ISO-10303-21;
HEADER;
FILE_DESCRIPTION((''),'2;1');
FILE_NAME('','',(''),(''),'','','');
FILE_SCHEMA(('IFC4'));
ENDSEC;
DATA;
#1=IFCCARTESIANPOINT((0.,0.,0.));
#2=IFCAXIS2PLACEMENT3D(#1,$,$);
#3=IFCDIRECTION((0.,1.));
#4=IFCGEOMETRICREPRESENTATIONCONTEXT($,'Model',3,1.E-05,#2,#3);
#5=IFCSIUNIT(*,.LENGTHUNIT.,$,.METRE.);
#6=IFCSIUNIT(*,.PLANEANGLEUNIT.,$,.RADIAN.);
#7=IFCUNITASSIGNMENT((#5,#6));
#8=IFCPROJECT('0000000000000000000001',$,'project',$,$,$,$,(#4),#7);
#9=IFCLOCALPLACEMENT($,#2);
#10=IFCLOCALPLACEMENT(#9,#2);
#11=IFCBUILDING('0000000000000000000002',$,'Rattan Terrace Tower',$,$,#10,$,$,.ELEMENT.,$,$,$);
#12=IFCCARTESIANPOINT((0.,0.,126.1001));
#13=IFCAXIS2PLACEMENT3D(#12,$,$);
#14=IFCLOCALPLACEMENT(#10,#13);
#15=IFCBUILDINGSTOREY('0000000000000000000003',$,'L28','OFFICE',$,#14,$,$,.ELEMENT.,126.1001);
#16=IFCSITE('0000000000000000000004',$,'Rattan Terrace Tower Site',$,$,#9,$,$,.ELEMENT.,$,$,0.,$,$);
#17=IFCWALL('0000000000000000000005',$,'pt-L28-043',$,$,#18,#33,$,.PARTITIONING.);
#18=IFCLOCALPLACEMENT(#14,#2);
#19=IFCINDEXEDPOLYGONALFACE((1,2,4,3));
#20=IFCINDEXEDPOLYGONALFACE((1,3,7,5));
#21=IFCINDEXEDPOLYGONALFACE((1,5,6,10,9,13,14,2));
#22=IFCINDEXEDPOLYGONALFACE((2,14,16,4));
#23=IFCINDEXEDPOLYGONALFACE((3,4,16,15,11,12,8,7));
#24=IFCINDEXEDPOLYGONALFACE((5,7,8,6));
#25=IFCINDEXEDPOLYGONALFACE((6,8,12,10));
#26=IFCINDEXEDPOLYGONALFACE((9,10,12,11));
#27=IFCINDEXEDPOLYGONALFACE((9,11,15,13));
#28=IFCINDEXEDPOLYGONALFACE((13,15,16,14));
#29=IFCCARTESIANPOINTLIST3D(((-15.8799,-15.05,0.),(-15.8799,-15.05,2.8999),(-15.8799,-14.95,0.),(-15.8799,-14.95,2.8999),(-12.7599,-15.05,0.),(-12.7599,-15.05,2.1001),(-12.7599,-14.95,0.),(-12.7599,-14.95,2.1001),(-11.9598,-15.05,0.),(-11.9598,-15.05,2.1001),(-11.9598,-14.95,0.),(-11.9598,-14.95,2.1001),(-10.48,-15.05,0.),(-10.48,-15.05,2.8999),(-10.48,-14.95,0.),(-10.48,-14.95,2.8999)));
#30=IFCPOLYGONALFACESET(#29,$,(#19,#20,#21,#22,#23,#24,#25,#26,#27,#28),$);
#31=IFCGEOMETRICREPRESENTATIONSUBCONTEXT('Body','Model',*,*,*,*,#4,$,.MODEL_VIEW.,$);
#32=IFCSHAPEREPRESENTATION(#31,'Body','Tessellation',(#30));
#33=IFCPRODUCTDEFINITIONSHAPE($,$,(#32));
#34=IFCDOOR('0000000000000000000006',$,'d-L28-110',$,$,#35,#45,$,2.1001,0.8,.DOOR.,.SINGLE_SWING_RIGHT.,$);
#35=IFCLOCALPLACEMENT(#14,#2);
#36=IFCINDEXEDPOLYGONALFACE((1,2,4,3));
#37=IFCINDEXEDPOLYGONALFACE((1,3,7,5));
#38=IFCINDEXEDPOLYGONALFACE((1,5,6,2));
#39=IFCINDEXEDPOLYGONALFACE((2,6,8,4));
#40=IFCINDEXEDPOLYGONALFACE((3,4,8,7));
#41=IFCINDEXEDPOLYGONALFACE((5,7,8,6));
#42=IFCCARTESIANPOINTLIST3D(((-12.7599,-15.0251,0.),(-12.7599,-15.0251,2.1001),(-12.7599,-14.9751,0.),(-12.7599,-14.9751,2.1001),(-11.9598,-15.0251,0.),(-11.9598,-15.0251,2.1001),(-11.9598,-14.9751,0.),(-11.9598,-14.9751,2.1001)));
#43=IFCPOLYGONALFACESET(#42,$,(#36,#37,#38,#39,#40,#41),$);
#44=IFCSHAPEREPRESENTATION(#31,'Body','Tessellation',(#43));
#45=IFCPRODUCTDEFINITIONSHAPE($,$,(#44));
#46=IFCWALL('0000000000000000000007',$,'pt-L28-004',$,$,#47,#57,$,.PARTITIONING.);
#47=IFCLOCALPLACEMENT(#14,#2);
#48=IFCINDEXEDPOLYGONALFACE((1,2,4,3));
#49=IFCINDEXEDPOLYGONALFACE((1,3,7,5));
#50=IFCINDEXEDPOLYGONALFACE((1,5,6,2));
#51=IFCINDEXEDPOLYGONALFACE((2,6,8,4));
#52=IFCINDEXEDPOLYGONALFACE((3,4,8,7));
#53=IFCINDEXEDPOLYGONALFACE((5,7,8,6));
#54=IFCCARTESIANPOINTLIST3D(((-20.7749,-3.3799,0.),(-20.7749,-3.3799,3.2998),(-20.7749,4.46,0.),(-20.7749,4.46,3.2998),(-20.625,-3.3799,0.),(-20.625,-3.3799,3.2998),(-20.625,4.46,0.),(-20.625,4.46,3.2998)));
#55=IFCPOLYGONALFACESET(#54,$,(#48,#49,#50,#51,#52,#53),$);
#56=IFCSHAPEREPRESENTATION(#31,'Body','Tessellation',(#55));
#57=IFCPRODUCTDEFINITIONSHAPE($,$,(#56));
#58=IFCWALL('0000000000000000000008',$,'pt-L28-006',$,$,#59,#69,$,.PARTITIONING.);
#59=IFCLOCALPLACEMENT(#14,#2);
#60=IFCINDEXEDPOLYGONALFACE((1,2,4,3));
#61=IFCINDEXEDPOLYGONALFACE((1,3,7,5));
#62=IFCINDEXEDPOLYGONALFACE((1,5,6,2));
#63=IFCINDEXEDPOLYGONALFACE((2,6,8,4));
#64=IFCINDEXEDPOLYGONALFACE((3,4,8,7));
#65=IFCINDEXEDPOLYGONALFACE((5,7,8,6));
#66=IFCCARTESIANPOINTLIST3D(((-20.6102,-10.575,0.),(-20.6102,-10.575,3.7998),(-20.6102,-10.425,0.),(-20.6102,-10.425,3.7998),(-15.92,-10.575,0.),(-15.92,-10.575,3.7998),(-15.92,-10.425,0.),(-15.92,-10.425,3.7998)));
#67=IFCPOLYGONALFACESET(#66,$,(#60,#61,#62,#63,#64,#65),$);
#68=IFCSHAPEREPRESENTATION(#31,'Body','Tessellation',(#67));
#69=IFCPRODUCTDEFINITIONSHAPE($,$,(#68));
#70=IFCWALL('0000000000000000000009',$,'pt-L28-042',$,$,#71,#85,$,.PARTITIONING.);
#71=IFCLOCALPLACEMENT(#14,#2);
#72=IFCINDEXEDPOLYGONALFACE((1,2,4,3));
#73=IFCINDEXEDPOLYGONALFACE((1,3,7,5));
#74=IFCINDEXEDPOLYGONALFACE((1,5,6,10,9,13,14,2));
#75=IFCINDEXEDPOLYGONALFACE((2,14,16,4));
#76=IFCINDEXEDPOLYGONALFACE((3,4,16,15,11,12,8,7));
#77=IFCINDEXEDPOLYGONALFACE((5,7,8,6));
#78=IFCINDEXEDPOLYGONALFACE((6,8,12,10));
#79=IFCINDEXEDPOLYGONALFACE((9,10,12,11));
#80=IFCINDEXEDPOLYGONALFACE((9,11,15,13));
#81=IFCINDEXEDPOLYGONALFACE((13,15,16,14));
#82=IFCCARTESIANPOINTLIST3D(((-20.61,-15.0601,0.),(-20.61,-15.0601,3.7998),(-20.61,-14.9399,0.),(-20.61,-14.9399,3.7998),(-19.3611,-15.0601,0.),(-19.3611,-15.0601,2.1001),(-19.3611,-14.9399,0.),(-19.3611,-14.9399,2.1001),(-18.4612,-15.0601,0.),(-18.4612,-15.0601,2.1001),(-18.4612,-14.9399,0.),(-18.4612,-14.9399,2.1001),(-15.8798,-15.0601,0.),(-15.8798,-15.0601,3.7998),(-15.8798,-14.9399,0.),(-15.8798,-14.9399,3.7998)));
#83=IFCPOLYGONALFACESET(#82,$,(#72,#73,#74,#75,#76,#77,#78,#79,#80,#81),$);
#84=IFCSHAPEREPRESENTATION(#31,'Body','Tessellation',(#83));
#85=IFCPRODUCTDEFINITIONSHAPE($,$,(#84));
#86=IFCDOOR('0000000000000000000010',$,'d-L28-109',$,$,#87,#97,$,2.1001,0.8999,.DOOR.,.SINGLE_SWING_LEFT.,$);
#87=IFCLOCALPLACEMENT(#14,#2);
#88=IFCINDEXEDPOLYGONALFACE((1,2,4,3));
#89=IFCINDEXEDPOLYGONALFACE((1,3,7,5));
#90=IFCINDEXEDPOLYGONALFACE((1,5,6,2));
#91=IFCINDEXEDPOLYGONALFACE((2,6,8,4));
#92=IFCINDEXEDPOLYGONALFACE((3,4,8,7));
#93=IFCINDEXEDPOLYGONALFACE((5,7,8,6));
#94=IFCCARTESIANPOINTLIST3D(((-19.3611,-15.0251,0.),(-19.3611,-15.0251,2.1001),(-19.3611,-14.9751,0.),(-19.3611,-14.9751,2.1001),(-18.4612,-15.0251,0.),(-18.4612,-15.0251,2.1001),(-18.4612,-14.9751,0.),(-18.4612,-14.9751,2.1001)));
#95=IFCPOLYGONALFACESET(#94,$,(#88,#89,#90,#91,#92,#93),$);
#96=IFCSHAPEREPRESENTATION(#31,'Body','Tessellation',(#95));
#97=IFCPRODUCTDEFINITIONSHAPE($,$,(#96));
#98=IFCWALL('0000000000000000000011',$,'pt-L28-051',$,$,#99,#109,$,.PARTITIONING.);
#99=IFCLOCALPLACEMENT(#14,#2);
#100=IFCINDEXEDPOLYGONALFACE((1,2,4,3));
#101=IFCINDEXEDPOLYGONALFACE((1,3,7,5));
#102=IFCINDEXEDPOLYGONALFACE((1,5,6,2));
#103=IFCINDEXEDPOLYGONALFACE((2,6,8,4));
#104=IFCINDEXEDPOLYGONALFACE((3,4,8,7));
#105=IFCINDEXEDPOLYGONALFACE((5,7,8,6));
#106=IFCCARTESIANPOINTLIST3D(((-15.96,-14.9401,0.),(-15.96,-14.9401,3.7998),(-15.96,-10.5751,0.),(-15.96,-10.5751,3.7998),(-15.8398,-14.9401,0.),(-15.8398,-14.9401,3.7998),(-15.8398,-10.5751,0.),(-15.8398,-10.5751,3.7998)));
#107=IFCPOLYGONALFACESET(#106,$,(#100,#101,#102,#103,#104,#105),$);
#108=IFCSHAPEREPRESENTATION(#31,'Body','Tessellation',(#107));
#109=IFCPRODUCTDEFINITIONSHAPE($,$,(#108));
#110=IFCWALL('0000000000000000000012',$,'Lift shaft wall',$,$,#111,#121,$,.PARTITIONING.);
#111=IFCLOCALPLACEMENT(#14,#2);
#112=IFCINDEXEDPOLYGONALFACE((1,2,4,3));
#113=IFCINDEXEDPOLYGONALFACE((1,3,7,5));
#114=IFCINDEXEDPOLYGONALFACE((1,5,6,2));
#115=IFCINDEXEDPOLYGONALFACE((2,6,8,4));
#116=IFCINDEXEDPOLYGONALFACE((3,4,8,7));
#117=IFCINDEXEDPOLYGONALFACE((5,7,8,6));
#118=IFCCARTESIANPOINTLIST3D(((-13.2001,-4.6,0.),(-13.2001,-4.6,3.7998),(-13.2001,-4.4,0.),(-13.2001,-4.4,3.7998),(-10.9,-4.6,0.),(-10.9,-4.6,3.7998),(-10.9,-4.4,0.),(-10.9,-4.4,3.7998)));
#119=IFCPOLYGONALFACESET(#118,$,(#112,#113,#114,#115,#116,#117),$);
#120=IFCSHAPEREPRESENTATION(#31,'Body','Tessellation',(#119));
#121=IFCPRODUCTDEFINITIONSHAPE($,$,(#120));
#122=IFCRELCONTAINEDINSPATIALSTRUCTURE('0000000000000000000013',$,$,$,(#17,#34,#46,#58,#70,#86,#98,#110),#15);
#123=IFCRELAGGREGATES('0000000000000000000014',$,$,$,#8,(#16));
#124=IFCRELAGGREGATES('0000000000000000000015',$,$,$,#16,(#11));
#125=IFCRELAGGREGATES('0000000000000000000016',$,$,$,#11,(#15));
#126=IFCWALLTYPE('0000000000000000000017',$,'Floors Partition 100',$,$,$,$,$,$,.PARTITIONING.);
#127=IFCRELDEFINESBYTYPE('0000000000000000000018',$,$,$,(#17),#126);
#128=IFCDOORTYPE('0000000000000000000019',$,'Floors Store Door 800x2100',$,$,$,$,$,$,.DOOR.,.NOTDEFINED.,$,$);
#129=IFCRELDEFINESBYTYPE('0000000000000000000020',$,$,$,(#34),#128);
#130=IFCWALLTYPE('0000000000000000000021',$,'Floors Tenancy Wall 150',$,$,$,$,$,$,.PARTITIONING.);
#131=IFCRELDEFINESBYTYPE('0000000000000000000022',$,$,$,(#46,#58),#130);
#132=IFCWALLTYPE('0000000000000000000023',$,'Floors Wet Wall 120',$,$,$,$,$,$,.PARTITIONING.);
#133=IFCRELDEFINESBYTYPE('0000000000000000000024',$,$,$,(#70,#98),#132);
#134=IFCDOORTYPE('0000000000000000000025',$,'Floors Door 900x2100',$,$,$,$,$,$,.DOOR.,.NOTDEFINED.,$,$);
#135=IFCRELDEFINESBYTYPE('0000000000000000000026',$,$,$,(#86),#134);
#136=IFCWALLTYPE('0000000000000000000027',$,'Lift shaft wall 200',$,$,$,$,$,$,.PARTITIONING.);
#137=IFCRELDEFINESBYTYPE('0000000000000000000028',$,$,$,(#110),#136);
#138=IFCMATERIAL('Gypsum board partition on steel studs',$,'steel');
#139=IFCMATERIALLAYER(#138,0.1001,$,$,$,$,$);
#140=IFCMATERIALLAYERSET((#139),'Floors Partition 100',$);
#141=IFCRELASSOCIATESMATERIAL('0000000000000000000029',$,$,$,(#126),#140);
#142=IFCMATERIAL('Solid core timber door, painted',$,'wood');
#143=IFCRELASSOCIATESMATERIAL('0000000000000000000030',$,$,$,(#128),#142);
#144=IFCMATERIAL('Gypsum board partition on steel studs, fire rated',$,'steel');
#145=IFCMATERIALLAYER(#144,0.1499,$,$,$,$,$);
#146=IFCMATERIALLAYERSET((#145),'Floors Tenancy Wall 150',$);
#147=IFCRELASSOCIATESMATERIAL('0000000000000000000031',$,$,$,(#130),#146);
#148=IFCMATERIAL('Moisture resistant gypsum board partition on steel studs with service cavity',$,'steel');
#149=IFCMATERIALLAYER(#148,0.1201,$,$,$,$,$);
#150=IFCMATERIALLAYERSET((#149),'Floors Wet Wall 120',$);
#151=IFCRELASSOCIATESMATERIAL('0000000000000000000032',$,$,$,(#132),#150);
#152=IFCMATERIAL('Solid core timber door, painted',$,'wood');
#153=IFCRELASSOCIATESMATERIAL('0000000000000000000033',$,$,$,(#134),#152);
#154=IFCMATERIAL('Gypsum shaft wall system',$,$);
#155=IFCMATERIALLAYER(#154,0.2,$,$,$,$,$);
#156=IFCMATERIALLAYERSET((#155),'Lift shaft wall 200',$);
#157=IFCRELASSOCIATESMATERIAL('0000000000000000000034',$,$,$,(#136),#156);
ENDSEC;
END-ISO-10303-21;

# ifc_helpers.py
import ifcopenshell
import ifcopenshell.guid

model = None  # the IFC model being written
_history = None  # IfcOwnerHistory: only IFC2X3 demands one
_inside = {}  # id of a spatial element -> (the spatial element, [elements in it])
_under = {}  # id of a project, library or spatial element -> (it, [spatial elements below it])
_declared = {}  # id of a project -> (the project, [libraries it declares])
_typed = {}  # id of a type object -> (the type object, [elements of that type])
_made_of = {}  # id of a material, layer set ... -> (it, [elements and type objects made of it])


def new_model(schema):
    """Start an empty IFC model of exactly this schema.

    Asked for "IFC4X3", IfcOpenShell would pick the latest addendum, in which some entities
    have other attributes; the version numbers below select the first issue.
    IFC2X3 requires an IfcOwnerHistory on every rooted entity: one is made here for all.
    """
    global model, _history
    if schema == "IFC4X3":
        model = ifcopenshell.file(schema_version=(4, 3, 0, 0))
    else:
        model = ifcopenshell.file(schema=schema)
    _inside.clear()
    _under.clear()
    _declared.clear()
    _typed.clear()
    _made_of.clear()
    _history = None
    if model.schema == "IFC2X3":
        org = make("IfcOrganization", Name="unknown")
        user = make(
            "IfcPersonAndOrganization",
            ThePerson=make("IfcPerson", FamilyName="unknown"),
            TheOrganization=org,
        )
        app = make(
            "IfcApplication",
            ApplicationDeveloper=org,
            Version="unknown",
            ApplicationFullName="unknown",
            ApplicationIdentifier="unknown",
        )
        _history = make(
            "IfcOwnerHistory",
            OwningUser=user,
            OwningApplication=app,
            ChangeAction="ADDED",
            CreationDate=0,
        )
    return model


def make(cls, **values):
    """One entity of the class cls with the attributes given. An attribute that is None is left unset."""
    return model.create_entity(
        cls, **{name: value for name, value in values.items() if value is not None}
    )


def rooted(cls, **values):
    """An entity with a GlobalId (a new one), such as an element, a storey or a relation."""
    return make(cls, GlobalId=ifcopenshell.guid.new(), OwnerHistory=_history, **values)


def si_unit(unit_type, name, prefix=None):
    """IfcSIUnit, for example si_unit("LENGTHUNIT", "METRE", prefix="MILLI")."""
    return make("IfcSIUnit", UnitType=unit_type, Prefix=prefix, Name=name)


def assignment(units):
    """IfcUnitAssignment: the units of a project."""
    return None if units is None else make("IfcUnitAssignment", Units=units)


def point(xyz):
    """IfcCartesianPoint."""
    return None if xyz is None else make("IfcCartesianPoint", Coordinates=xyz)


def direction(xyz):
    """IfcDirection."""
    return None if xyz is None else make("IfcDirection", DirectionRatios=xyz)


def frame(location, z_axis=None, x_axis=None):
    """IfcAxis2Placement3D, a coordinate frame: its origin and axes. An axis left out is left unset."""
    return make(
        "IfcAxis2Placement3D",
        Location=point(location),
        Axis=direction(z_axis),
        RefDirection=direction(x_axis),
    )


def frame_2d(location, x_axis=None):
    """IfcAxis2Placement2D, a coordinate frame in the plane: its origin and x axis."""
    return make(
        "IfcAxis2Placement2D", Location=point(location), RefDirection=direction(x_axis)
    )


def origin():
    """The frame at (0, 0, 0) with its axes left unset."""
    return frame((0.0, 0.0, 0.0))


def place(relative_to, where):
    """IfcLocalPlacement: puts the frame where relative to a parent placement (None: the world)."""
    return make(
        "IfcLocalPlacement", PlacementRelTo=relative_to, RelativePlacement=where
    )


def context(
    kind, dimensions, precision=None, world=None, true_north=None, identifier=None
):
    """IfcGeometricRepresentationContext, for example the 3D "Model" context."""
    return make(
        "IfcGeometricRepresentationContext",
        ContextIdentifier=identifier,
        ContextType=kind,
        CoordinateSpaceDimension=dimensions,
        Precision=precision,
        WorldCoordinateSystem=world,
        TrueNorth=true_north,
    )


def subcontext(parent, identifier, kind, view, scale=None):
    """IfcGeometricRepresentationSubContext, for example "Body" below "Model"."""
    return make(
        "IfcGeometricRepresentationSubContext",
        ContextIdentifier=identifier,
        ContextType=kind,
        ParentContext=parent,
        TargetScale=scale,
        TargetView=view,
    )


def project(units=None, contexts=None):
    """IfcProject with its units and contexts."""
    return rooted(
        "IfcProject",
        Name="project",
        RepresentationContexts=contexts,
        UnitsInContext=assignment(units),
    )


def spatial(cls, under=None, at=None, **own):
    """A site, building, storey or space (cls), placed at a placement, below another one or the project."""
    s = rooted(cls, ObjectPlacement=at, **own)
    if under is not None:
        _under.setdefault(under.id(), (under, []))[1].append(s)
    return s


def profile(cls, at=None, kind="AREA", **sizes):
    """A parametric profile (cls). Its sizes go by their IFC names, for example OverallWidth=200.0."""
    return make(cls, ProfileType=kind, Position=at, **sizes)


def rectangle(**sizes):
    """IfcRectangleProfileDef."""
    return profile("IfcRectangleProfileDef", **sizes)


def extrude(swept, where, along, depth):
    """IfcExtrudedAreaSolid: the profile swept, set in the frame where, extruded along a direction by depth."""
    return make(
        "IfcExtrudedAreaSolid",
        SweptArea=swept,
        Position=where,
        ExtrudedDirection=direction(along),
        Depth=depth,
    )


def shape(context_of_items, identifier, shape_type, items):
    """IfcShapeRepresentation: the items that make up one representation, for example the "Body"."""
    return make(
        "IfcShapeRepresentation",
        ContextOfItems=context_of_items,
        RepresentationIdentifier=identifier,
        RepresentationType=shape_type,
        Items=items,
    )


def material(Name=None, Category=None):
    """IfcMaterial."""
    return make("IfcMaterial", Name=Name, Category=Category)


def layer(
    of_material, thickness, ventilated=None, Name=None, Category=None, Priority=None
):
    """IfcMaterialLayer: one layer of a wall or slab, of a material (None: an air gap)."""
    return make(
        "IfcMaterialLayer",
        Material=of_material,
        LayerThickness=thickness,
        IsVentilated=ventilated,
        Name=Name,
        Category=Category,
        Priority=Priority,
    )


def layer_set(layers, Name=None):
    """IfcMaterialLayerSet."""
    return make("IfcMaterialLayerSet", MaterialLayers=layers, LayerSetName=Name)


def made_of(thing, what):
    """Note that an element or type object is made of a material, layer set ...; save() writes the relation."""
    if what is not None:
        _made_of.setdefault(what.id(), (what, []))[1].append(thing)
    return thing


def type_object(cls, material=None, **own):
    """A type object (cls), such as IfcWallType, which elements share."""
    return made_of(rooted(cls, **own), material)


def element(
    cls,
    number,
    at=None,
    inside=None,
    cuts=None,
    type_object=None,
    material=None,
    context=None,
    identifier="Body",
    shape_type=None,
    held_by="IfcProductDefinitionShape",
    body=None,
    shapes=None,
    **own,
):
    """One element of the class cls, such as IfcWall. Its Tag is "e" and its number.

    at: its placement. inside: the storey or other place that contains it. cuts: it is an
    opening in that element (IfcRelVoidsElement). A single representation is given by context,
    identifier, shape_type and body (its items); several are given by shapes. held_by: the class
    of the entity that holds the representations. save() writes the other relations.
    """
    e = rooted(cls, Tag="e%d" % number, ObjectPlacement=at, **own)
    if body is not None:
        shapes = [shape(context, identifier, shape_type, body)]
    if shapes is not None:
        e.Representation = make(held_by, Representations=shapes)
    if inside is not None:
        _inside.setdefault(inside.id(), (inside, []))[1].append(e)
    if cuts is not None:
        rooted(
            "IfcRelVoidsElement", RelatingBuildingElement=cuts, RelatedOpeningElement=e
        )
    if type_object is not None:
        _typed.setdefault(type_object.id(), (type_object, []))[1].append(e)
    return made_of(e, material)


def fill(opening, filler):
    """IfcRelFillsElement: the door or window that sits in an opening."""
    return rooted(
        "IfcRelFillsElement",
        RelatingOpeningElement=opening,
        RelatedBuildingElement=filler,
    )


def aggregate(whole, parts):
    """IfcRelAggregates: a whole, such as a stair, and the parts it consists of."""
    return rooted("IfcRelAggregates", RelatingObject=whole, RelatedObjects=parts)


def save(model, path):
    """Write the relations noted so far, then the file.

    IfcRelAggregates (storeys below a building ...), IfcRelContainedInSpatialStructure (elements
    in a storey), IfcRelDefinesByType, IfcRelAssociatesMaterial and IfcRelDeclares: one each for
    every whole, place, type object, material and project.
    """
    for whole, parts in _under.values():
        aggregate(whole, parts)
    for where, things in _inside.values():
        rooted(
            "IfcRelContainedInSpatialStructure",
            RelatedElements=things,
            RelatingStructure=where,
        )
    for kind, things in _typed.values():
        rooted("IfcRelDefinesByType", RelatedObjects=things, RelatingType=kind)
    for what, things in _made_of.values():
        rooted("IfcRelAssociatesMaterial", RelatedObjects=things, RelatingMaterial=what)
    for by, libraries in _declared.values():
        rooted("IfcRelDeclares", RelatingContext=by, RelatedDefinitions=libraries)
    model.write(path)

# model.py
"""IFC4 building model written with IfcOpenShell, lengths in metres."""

from ifc_helpers import new_model, si_unit, direction, frame, frame_2d, origin, place, context, subcontext, project, spatial, rectangle, extrude, material, layer, layer_set, type_object, element, fill, save


model = new_model("IFC4")

# Units and contexts
model_context = context("Model", 3, precision=1e-05, world=origin(), true_north=direction((0.0, 1.0)))
body_context = subcontext(model_context, "Body", "Model", "MODEL_VIEW")
ifc_project = project(units=[si_unit("LENGTHUNIT", "METRE"), si_unit("PLANEANGLEUNIT", "RADIAN")], contexts=[model_context])

# Site, building, storey
site_placement = place(None, origin())
site = spatial("IfcSite", under=ifc_project, at=site_placement, Name="Rattan Terrace Tower Site", CompositionType="ELEMENT", RefElevation=0.0)
building_placement = place(site_placement, origin())
building = spatial("IfcBuilding", under=site, at=building_placement, Name="Rattan Terrace Tower", CompositionType="ELEMENT")
storey_placement = place(building_placement, frame((0.0, 0.0, 126.1001)))
storey = spatial("IfcBuildingStorey", under=building, at=storey_placement, Name="L28", Description="OFFICE", CompositionType="ELEMENT", Elevation=126.1001)

# Shared definitions
ifc_material_1 = material(Name="Gypsum board partition on steel studs", Category="steel")
ifc_layer_1 = layer(ifc_material_1, 0.1001)
ifc_layer_set_1 = layer_set([ifc_layer_1], Name="Floors Partition 100")
wall_type_1 = type_object("IfcWallType", Name="Floors Partition 100", PredefinedType="PARTITIONING", material=ifc_layer_set_1)

# Wall, opening, door
wall_1_placement = place(storey_placement, frame((-15.8799, -15.0, 0.0), z_axis=(0.0, 0.0, 1.0), x_axis=(1.0, 0.0, 0.0)))
wall_1 = element("IfcWall", 1, at=wall_1_placement, inside=storey, type_object=wall_type_1, Name="pt-L28-043", PredefinedType="PARTITIONING", context=body_context, shape_type="SweptSolid", body=[
    extrude(rectangle(XDim=5.3999, YDim=0.1001, at=frame_2d((2.7, 0.0))), origin(), (0.0, 0.0, 1.0), 2.8999),
])
opening_1_placement = place(wall_1_placement, frame((3.1201, 0.0, 0.0)))
opening_1 = element("IfcOpeningElement", 2, at=opening_1_placement, cuts=wall_1, PredefinedType="OPENING", context=body_context, shape_type="SweptSolid", body=[
    extrude(rectangle(XDim=0.8, YDim=2.1001, at=frame_2d((0.3999, 1.05))), frame((0.0, 0.0605, 0.0), z_axis=(0.0, -1.0, 0.0), x_axis=(1.0, 0.0, 0.0)), (0.0, 0.0, 1.0), 0.1211),
])
ifc_material_2 = material(Name="Solid core timber door, painted", Category="wood")
door_type_1 = type_object("IfcDoorType", Name="Floors Store Door 800x2100", OperationType="NOTDEFINED", PredefinedType="DOOR", material=ifc_material_2)
door_1_placement = place(opening_1_placement, origin())
door_1 = element("IfcDoor", 3, at=door_1_placement, inside=storey, type_object=door_type_1, Name="d-L28-110", OperationType="SINGLE_SWING_RIGHT", OverallHeight=2.1001, OverallWidth=0.8, PredefinedType="DOOR", context=body_context, shape_type="SweptSolid", body=[
    extrude(rectangle(XDim=0.8, YDim=2.1001, at=frame_2d((0.3999, 1.05))), frame((0.0, 0.0249, 0.0), z_axis=(0.0, -1.0, 0.0), x_axis=(1.0, 0.0, 0.0)), (0.0, 0.0, 1.0), 0.05),
])
fill(opening_1, door_1)

# Walls
ifc_material_3 = material(Name="Gypsum board partition on steel studs, fire rated", Category="steel")
ifc_layer_2 = layer(ifc_material_3, 0.1499)
ifc_layer_set_2 = layer_set([ifc_layer_2], Name="Floors Tenancy Wall 150")
wall_type_2 = type_object("IfcWallType", Name="Floors Tenancy Wall 150", PredefinedType="PARTITIONING", material=ifc_layer_set_2)
wall_2_placement = place(storey_placement, frame((-20.7, -3.3799, 0.0), z_axis=(0.0, 0.0, 1.0), x_axis=(0.0, 1.0, 0.0)))
element("IfcWall", 4, at=wall_2_placement, inside=storey, type_object=wall_type_2, Name="pt-L28-004", PredefinedType="PARTITIONING", context=body_context, shape_type="SweptSolid", body=[
    extrude(rectangle(XDim=7.8398, YDim=0.1499, at=frame_2d((3.9199, 0.0))), origin(), (0.0, 0.0, 1.0), 3.2998),
])
wall_3_placement = place(storey_placement, frame((-15.9199, -10.5, 0.0), z_axis=(0.0, 0.0, 1.0), x_axis=(-1.0, 0.0, 0.0)))
element("IfcWall", 5, at=wall_3_placement, inside=storey, type_object=wall_type_2, Name="pt-L28-006", PredefinedType="PARTITIONING", context=body_context, shape_type="SweptSolid", body=[
    extrude(rectangle(XDim=4.6902, YDim=0.1499, at=frame_2d((2.3452, 0.0))), origin(), (0.0, 0.0, 1.0), 3.7998),
])

# Wall, opening, door
ifc_material_4 = material(Name="Moisture resistant gypsum board partition on steel studs with service cavity", Category="steel")
ifc_layer_3 = layer(ifc_material_4, 0.1201)
ifc_layer_set_3 = layer_set([ifc_layer_3], Name="Floors Wet Wall 120")
wall_type_3 = type_object("IfcWallType", Name="Floors Wet Wall 120", PredefinedType="PARTITIONING", material=ifc_layer_set_3)
wall_4_placement = place(storey_placement, frame((-20.6101, -15.0, 0.0), z_axis=(0.0, 0.0, 1.0), x_axis=(1.0, 0.0, 0.0)))
wall_4 = element("IfcWall", 6, at=wall_4_placement, inside=storey, type_object=wall_type_3, Name="pt-L28-042", PredefinedType="PARTITIONING", context=body_context, shape_type="SweptSolid", body=[
    extrude(rectangle(XDim=4.7302, YDim=0.1201, at=frame_2d((2.3652, 0.0))), origin(), (0.0, 0.0, 1.0), 3.7998),
])
opening_2_placement = place(wall_4_placement, frame((1.249, 0.0, 0.0)))
opening_2 = element("IfcOpeningElement", 7, at=opening_2_placement, cuts=wall_4, PredefinedType="OPENING", context=body_context, shape_type="SweptSolid", body=[
    extrude(rectangle(XDim=0.8999, YDim=2.1001, at=frame_2d((0.45, 1.05))), frame((0.0, 0.0706, 0.0), z_axis=(0.0, -1.0, 0.0), x_axis=(1.0, 0.0, 0.0)), (0.0, 0.0, 1.0), 0.1411),
])
ifc_material_5 = material(Name="Solid core timber door, painted", Category="wood")
door_type_2 = type_object("IfcDoorType", Name="Floors Door 900x2100", OperationType="NOTDEFINED", PredefinedType="DOOR", material=ifc_material_5)
door_2_placement = place(opening_2_placement, origin())
door_2 = element("IfcDoor", 8, at=door_2_placement, inside=storey, type_object=door_type_2, Name="d-L28-109", OperationType="SINGLE_SWING_LEFT", OverallHeight=2.1001, OverallWidth=0.8999, PredefinedType="DOOR", context=body_context, shape_type="SweptSolid", body=[
    extrude(rectangle(XDim=0.8999, YDim=2.1001, at=frame_2d((0.45, 1.05))), frame((0.0, 0.0249, 0.0), z_axis=(0.0, -1.0, 0.0), x_axis=(1.0, 0.0, 0.0)), (0.0, 0.0, 1.0), 0.05),
])
fill(opening_2, door_2)

# Walls
wall_5_placement = place(storey_placement, frame((-15.8999, -10.575, 0.0), z_axis=(0.0, 0.0, 1.0), x_axis=(0.0, -1.0, 0.0)))
element("IfcWall", 9, at=wall_5_placement, inside=storey, type_object=wall_type_3, Name="pt-L28-051", PredefinedType="PARTITIONING", context=body_context, shape_type="SweptSolid", body=[
    extrude(rectangle(XDim=4.365, YDim=0.1201, at=frame_2d((2.1826, 0.0))), origin(), (0.0, 0.0, 1.0), 3.7998),
])
ifc_material_6 = material(Name="Gypsum shaft wall system")
ifc_layer_4 = layer(ifc_material_6, 0.2)
ifc_layer_set_4 = layer_set([ifc_layer_4], Name="Lift shaft wall 200")
wall_type_4 = type_object("IfcWallType", Name="Lift shaft wall 200", PredefinedType="PARTITIONING", material=ifc_layer_set_4)
wall_6_placement = place(storey_placement, frame((-13.2, -4.5, 0.0), z_axis=(0.0, 0.0, 1.0), x_axis=(1.0, 0.0, 0.0)))
element("IfcWall", 10, at=wall_6_placement, inside=storey, type_object=wall_type_4, Name="Lift shaft wall", PredefinedType="PARTITIONING", context=body_context, shape_type="SweptSolid", body=[
    extrude(rectangle(XDim=2.3, YDim=0.2, at=frame_2d((1.1499, 0.0))), origin(), (0.0, 0.0, 1.0), 3.7998),
])

save(model, "model.ifc")
